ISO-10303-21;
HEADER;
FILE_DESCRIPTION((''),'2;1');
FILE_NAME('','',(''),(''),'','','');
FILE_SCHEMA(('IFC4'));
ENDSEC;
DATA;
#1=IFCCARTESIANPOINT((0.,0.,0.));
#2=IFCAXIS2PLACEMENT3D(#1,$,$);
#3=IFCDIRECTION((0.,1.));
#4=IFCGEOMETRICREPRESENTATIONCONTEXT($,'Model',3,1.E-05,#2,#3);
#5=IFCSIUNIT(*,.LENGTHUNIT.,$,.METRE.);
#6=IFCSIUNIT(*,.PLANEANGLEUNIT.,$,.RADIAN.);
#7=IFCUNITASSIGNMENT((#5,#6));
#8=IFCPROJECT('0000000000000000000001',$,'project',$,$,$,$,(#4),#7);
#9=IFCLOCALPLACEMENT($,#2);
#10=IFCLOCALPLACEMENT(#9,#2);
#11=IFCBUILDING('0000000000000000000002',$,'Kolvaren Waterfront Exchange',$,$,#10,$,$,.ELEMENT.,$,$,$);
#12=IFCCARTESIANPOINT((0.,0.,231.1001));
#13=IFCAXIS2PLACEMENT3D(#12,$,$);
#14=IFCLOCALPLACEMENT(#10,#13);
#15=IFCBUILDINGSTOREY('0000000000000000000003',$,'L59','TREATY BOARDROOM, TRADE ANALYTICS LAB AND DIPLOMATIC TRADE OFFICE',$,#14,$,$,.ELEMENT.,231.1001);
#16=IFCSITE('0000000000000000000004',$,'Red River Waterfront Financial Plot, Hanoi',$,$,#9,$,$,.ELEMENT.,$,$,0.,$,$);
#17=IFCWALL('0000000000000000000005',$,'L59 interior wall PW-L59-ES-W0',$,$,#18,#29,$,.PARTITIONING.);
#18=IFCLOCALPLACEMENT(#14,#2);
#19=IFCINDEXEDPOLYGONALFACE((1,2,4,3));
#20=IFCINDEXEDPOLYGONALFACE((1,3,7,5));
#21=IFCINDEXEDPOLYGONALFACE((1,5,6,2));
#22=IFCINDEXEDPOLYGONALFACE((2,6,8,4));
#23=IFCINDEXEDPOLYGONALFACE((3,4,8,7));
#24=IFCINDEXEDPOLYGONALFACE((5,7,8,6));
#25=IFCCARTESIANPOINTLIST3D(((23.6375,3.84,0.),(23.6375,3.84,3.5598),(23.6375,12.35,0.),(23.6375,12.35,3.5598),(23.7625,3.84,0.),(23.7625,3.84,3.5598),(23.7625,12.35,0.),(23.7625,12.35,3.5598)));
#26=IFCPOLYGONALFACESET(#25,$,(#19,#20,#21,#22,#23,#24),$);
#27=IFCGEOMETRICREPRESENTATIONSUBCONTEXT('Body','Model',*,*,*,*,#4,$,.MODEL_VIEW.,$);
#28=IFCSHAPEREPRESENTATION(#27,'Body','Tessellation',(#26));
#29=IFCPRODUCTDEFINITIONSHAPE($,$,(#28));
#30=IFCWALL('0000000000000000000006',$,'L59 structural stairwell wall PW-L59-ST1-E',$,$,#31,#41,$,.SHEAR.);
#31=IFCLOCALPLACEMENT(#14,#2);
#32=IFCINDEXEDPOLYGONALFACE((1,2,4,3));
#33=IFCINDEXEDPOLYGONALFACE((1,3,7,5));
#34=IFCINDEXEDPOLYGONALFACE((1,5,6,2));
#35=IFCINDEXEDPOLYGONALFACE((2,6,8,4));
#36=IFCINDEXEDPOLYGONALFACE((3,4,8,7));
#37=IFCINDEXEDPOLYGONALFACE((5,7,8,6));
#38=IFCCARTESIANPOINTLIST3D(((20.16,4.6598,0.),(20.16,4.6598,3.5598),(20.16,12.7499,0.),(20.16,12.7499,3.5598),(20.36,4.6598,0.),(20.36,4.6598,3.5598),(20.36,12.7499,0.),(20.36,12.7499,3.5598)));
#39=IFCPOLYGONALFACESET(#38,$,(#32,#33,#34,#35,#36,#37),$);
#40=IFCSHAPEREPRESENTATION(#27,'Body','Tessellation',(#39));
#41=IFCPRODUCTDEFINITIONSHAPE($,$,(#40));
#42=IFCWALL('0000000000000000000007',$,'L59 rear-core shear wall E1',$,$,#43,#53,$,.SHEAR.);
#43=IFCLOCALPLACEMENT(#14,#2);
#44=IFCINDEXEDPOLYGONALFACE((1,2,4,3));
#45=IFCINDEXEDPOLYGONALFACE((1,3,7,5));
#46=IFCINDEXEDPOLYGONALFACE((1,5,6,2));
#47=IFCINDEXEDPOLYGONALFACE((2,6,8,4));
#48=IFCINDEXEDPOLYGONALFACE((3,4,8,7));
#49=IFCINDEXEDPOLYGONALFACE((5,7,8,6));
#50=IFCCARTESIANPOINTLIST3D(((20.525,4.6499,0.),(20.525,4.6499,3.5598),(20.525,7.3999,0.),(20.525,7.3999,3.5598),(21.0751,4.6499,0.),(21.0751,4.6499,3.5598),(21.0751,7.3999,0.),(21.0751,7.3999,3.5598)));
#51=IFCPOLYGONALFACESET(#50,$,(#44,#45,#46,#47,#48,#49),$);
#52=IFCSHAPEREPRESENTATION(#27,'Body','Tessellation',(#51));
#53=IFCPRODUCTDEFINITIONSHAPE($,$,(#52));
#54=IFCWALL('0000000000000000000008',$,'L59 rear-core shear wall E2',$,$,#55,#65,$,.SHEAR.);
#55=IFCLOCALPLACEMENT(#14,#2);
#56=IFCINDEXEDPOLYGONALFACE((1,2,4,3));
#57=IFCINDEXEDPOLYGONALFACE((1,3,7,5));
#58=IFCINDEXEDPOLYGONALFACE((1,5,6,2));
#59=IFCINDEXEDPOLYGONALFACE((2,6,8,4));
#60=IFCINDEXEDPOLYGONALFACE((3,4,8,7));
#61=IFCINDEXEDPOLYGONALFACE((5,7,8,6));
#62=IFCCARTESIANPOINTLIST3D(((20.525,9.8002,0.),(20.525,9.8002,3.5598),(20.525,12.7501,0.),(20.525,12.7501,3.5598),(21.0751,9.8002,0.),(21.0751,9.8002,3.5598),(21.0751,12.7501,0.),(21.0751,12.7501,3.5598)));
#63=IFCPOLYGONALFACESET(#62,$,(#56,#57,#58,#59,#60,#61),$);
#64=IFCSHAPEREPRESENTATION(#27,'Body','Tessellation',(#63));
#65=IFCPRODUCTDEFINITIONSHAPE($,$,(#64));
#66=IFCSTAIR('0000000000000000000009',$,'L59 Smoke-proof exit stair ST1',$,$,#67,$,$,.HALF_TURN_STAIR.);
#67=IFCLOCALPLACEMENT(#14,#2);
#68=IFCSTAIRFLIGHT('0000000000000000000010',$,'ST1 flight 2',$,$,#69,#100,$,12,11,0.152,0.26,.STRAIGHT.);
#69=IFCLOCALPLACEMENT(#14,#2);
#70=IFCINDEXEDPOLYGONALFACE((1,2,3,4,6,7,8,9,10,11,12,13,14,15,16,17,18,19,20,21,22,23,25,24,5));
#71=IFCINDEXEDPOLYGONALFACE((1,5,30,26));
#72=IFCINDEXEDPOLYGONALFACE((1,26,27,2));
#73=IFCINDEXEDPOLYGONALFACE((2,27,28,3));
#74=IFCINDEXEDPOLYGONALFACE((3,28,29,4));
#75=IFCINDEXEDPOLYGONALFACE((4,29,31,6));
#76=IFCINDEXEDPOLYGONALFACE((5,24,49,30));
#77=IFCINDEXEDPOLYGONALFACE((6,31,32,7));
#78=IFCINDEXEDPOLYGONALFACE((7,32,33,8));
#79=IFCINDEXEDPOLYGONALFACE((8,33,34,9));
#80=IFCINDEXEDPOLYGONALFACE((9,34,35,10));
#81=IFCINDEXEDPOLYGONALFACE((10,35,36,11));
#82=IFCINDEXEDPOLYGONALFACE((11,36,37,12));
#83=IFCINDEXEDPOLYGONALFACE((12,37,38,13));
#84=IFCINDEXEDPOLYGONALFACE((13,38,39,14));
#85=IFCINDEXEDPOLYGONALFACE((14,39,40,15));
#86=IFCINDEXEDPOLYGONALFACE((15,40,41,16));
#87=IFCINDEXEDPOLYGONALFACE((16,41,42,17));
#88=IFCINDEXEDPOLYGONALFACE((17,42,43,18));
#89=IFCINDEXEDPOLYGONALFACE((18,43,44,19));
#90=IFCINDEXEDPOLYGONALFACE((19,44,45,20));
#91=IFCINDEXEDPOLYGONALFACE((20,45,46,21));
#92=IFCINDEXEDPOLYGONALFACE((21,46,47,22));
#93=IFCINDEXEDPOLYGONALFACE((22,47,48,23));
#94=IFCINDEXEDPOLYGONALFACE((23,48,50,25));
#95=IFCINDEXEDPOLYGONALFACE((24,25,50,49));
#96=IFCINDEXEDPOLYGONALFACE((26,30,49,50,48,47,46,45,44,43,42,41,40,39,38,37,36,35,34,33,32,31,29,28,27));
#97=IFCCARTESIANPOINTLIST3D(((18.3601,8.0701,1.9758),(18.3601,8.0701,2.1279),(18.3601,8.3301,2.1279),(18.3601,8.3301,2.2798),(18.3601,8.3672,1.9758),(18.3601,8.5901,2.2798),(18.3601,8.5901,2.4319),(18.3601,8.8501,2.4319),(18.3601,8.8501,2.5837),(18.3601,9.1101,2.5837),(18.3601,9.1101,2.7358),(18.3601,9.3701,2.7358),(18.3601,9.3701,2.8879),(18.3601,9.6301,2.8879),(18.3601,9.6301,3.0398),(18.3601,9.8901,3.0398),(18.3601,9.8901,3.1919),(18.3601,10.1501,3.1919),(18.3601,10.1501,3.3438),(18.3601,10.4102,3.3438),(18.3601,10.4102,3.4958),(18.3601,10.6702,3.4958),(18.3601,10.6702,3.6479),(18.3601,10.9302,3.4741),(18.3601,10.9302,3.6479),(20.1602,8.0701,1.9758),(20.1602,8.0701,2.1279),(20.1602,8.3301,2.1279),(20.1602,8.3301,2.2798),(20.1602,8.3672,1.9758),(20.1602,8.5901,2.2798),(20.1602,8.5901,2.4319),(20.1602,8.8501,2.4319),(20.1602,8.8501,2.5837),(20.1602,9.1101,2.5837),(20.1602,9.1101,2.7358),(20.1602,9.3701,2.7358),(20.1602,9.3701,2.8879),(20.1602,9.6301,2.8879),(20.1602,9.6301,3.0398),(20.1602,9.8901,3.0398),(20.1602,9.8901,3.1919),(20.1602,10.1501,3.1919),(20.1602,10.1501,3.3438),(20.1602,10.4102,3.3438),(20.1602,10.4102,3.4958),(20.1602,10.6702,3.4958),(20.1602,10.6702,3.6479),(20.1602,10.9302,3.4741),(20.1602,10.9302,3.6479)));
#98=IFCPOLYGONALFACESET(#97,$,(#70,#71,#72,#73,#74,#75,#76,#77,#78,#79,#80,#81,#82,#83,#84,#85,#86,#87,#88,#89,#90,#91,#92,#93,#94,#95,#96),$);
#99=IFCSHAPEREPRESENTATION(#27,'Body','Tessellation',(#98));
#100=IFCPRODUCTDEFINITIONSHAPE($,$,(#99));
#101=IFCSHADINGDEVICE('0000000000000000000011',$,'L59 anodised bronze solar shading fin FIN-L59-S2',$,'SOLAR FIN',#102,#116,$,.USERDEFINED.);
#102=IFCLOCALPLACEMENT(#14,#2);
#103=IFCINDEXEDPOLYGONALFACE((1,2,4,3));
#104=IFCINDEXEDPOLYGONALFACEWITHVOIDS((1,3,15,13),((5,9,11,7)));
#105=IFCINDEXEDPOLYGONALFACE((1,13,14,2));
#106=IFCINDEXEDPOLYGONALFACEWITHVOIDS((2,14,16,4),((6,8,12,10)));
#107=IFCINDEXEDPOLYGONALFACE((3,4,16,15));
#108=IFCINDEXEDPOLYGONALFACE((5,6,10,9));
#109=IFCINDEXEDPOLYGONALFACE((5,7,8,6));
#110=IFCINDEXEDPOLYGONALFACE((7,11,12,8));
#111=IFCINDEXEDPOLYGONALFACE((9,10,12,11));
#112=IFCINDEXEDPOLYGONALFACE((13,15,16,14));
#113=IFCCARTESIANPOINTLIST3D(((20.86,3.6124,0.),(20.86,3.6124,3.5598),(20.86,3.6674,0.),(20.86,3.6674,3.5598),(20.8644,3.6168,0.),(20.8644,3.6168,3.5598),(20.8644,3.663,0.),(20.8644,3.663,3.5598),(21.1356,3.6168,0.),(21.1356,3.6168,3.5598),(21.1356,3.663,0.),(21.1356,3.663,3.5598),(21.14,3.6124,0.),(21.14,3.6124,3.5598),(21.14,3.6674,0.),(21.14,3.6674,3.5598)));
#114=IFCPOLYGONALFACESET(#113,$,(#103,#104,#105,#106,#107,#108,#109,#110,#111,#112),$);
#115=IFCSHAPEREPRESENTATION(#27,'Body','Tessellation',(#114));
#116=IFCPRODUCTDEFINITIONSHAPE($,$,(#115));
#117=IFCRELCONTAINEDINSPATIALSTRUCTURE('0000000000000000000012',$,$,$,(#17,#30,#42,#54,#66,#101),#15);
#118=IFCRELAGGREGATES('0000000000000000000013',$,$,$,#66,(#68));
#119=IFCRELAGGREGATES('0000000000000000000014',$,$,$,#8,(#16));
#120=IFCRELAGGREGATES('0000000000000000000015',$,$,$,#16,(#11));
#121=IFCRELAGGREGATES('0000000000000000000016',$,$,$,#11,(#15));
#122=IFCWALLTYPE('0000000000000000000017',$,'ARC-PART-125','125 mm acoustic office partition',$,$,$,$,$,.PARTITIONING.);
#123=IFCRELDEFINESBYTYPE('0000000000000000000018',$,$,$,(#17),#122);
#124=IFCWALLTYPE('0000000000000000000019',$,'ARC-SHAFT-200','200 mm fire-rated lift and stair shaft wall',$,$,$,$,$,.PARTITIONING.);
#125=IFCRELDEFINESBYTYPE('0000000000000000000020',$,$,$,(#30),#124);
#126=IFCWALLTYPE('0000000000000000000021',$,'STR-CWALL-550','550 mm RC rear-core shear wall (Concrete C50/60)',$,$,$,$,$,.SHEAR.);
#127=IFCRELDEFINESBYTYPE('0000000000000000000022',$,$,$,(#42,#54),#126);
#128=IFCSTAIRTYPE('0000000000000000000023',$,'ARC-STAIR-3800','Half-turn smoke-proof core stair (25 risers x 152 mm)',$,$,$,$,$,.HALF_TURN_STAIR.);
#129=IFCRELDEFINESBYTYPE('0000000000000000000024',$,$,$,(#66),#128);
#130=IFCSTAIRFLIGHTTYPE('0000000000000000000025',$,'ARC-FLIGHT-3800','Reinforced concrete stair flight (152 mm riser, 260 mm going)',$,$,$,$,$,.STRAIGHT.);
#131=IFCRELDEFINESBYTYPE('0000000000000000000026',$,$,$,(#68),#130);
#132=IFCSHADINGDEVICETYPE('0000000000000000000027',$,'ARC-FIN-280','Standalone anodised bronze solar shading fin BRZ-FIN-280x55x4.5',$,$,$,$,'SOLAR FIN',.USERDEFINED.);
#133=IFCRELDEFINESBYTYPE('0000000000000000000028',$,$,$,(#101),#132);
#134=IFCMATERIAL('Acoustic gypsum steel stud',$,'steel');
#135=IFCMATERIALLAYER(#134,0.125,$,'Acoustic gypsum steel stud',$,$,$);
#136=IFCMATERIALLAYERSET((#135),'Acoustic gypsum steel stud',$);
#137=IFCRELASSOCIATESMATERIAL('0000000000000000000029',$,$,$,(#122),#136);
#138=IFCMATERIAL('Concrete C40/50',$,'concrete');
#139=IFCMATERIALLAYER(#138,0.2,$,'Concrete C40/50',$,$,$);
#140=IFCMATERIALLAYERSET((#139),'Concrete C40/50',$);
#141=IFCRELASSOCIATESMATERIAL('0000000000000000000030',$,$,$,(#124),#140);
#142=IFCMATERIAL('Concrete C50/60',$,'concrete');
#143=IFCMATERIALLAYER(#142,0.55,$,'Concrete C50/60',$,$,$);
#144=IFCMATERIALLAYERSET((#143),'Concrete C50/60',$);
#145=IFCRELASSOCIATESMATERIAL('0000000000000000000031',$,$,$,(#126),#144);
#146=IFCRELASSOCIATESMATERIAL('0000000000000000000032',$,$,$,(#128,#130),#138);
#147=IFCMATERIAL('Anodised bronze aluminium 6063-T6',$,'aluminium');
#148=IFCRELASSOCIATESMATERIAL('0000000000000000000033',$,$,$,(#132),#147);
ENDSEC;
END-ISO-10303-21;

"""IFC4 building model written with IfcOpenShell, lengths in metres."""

from ifc_helpers import new_model, si_unit, direction, frame, frame_2d, origin, origin_2d, place, context, subcontext, project, spatial, polyline, rectangle, hollow_rectangle, outline, extrude, material, layer, layer_set, material_profile, profile_set, type_object, element, aggregate, save


model = new_model("IFC4")

# Units and contexts
model_context = context("Model", 3, precision=1e-05, world=origin(), true_north=direction((0.0, 1.0)))
body_context = subcontext(model_context, "Body", "Model", "MODEL_VIEW")
ifc_project = project(units=[si_unit("LENGTHUNIT", "METRE"), si_unit("PLANEANGLEUNIT", "RADIAN")], contexts=[model_context])

# Site, building, storey
site_placement = place(None, origin())
site = spatial("IfcSite", under=ifc_project, at=site_placement, Name="Red River Waterfront Financial Plot, Hanoi", CompositionType="ELEMENT", RefElevation=0.0)
building_placement = place(site_placement, origin())
building = spatial("IfcBuilding", under=site, at=building_placement, Name="Kolvaren Waterfront Exchange", CompositionType="ELEMENT")
storey_placement = place(building_placement, frame((0.0, 0.0, 231.1001)))
storey = spatial("IfcBuildingStorey", under=building, at=storey_placement, Name="L59", Description="TREATY BOARDROOM, TRADE ANALYTICS LAB AND DIPLOMATIC TRADE OFFICE", CompositionType="ELEMENT", Elevation=231.1001)

# Shared definitions
ifc_material_1 = material(Name="Concrete C50/60", Category="concrete")

# Shared definitions
ifc_material_2 = material(Name="Anodised bronze aluminium 6063-T6", Category="aluminium")

# Shared definitions
ifc_material_3 = material(Name="Acoustic gypsum steel stud", Category="steel")
ifc_layer_1 = layer(ifc_material_3, 0.125, Name="Acoustic gypsum steel stud")
ifc_layer_set_1 = layer_set([ifc_layer_1], Name="Acoustic gypsum steel stud")
wall_type_1 = type_object("IfcWallType", Name="ARC-PART-125", Description="125 mm acoustic office partition", PredefinedType="PARTITIONING", material=ifc_layer_set_1)

# Walls
wall_1_placement = place(storey_placement, frame((23.7, 3.8401, 0.0), z_axis=(0.0, 0.0, 1.0), x_axis=(0.0, 1.0, 0.0)))
element("IfcWall", 1, at=wall_1_placement, inside=storey, type_object=wall_type_1, Name="L59 interior wall PW-L59-ES-W0", PredefinedType="PARTITIONING", context=body_context, shape_type="SweptSolid", body=[
    extrude(rectangle(XDim=8.51, YDim=0.125, at=frame_2d((4.2549, 0.0))), origin(), (0.0, 0.0, 1.0), 3.5598),
])
ifc_material_4 = material(Name="Concrete C40/50", Category="concrete")
ifc_layer_2 = layer(ifc_material_4, 0.2, Name="Concrete C40/50")
ifc_layer_set_2 = layer_set([ifc_layer_2], Name="Concrete C40/50")
wall_type_2 = type_object("IfcWallType", Name="ARC-SHAFT-200", Description="200 mm fire-rated lift and stair shaft wall", PredefinedType="PARTITIONING", material=ifc_layer_set_2)
wall_2_placement = place(storey_placement, frame((20.26, 4.6599, 0.0), z_axis=(0.0, 0.0, 1.0), x_axis=(0.0, 1.0, 0.0)))
element("IfcWall", 2, at=wall_2_placement, inside=storey, type_object=wall_type_2, Name="L59 structural stairwell wall PW-L59-ST1-E", PredefinedType="SHEAR", context=body_context, shape_type="SweptSolid", body=[
    extrude(rectangle(XDim=8.0901, YDim=0.2, at=frame_2d((4.0449, 0.0))), origin(), (0.0, 0.0, 1.0), 3.5598),
])
ifc_layer_3 = layer(ifc_material_1, 0.55, Name="Concrete C50/60")
ifc_layer_set_3 = layer_set([ifc_layer_3], Name="Concrete C50/60")
wall_type_3 = type_object("IfcWallType", Name="STR-CWALL-550", Description="550 mm RC rear-core shear wall (Concrete C50/60)", PredefinedType="SHEAR", material=ifc_layer_set_3)
wall_3_placement = place(storey_placement, frame((20.8, 4.6499, 0.0), z_axis=(0.0, 0.0, 1.0), x_axis=(0.0, 1.0, 0.0)))
element("IfcWall", 3, at=wall_3_placement, inside=storey, type_object=wall_type_3, Name="L59 rear-core shear wall E1", PredefinedType="SHEAR", context=body_context, shape_type="SweptSolid", body=[
    extrude(rectangle(XDim=2.75, YDim=0.55, at=frame_2d((1.375, 0.0))), origin(), (0.0, 0.0, 1.0), 3.5598),
])
wall_4_placement = place(storey_placement, frame((20.8, 9.8, 0.0), z_axis=(0.0, 0.0, 1.0), x_axis=(0.0, 1.0, 0.0)))
element("IfcWall", 4, at=wall_4_placement, inside=storey, type_object=wall_type_3, Name="L59 rear-core shear wall E2", PredefinedType="SHEAR", context=body_context, shape_type="SweptSolid", body=[
    extrude(rectangle(XDim=2.95, YDim=0.55, at=frame_2d((1.4751, 0.0))), origin(), (0.0, 0.0, 1.0), 3.5598),
])

# Stair, stair flight
stair_type = type_object("IfcStairType", Name="ARC-STAIR-3800", Description="Half-turn smoke-proof core stair (25 risers x 152 mm)", PredefinedType="HALF_TURN_STAIR", material=ifc_material_4)
stair_placement = place(storey_placement, origin())
stair = element("IfcStair", 5, at=stair_placement, inside=storey, type_object=stair_type, Name="L59 Smoke-proof exit stair ST1", PredefinedType="HALF_TURN_STAIR")
stair_flight_type = type_object("IfcStairFlightType", Name="ARC-FLIGHT-3800", Description="Reinforced concrete stair flight (152 mm riser, 260 mm going)", PredefinedType="STRAIGHT", material=ifc_material_4)
stair_flight_placement = place(storey_placement, frame((19.26, 8.0701, 1.9758), z_axis=(0.0, 0.0, 1.0), x_axis=(0.0, 1.0, 0.0)))
stair_flight = element("IfcStairFlight", 6, at=stair_flight_placement, type_object=stair_flight_type, Name="ST1 flight 2", NumberOfRisers=12, NumberOfTreads=11, PredefinedType="STRAIGHT", RiserHeight=0.152, TreadLength=0.26, context=body_context, shape_type="SweptSolid", body=[
    extrude(outline(polyline([(0.0, 0.0), (0.0, 0.1521), (0.26, 0.1521), (0.26, 0.304), (0.52, 0.304), (0.52, 0.4561), (0.78, 0.4561), (0.78, 0.6079), (1.04, 0.6079), (1.04, 0.76), (1.3, 0.76), (1.3, 0.9121), (1.5601, 0.9121), (1.5601, 1.064), (1.8201, 1.064), (1.8201, 1.2161), (2.0801, 1.2161), (2.0801, 1.3679), (2.3401, 1.3679), (2.3401, 1.52), (2.6001, 1.52), (2.6001, 1.6721), (2.8601, 1.6721), (2.8601, 1.824), (2.8601, 1.4983), (0.2971, 0.0), (0.0, 0.0)])), frame((0.0, 0.8999, 0.0), z_axis=(0.0, -1.0, 0.0), x_axis=(1.0, 0.0, 0.0)), (0.0, 0.0, 1.0), 1.8),
])
aggregate(stair, [stair_flight])

# Shading device
ifc_material_profile_1 = material_profile(ifc_material_2, hollow_rectangle(XDim=0.0549, YDim=0.28, WallThickness=0.0044, at=origin_2d()), Name="BRZ-FIN-280x55x4.5")
ifc_profile_set_1 = profile_set([ifc_material_profile_1], Name="Anodised bronze aluminium 6063-T6")
shading_device_type = type_object("IfcShadingDeviceType", Name="ARC-FIN-280", Description="Standalone anodised bronze solar shading fin BRZ-FIN-280x55x4.5", ElementType="SOLAR FIN", PredefinedType="USERDEFINED", material=ifc_profile_set_1)
shading_device_placement = place(storey_placement, frame((21.0, 3.6399, 0.0), z_axis=(0.0, 0.0, 1.0), x_axis=(0.0, -1.0, 0.0)))
element("IfcShadingDevice", 7, at=shading_device_placement, inside=storey, type_object=shading_device_type, Name="L59 anodised bronze solar shading fin FIN-L59-S2", ObjectType="SOLAR FIN", PredefinedType="USERDEFINED", context=body_context, shape_type="SweptSolid", body=[
    extrude(hollow_rectangle(XDim=0.0549, YDim=0.28, WallThickness=0.0044, at=origin_2d()), origin(), (0.0, 0.0, 1.0), 3.5598),
])

save(model, "model.ifc")
